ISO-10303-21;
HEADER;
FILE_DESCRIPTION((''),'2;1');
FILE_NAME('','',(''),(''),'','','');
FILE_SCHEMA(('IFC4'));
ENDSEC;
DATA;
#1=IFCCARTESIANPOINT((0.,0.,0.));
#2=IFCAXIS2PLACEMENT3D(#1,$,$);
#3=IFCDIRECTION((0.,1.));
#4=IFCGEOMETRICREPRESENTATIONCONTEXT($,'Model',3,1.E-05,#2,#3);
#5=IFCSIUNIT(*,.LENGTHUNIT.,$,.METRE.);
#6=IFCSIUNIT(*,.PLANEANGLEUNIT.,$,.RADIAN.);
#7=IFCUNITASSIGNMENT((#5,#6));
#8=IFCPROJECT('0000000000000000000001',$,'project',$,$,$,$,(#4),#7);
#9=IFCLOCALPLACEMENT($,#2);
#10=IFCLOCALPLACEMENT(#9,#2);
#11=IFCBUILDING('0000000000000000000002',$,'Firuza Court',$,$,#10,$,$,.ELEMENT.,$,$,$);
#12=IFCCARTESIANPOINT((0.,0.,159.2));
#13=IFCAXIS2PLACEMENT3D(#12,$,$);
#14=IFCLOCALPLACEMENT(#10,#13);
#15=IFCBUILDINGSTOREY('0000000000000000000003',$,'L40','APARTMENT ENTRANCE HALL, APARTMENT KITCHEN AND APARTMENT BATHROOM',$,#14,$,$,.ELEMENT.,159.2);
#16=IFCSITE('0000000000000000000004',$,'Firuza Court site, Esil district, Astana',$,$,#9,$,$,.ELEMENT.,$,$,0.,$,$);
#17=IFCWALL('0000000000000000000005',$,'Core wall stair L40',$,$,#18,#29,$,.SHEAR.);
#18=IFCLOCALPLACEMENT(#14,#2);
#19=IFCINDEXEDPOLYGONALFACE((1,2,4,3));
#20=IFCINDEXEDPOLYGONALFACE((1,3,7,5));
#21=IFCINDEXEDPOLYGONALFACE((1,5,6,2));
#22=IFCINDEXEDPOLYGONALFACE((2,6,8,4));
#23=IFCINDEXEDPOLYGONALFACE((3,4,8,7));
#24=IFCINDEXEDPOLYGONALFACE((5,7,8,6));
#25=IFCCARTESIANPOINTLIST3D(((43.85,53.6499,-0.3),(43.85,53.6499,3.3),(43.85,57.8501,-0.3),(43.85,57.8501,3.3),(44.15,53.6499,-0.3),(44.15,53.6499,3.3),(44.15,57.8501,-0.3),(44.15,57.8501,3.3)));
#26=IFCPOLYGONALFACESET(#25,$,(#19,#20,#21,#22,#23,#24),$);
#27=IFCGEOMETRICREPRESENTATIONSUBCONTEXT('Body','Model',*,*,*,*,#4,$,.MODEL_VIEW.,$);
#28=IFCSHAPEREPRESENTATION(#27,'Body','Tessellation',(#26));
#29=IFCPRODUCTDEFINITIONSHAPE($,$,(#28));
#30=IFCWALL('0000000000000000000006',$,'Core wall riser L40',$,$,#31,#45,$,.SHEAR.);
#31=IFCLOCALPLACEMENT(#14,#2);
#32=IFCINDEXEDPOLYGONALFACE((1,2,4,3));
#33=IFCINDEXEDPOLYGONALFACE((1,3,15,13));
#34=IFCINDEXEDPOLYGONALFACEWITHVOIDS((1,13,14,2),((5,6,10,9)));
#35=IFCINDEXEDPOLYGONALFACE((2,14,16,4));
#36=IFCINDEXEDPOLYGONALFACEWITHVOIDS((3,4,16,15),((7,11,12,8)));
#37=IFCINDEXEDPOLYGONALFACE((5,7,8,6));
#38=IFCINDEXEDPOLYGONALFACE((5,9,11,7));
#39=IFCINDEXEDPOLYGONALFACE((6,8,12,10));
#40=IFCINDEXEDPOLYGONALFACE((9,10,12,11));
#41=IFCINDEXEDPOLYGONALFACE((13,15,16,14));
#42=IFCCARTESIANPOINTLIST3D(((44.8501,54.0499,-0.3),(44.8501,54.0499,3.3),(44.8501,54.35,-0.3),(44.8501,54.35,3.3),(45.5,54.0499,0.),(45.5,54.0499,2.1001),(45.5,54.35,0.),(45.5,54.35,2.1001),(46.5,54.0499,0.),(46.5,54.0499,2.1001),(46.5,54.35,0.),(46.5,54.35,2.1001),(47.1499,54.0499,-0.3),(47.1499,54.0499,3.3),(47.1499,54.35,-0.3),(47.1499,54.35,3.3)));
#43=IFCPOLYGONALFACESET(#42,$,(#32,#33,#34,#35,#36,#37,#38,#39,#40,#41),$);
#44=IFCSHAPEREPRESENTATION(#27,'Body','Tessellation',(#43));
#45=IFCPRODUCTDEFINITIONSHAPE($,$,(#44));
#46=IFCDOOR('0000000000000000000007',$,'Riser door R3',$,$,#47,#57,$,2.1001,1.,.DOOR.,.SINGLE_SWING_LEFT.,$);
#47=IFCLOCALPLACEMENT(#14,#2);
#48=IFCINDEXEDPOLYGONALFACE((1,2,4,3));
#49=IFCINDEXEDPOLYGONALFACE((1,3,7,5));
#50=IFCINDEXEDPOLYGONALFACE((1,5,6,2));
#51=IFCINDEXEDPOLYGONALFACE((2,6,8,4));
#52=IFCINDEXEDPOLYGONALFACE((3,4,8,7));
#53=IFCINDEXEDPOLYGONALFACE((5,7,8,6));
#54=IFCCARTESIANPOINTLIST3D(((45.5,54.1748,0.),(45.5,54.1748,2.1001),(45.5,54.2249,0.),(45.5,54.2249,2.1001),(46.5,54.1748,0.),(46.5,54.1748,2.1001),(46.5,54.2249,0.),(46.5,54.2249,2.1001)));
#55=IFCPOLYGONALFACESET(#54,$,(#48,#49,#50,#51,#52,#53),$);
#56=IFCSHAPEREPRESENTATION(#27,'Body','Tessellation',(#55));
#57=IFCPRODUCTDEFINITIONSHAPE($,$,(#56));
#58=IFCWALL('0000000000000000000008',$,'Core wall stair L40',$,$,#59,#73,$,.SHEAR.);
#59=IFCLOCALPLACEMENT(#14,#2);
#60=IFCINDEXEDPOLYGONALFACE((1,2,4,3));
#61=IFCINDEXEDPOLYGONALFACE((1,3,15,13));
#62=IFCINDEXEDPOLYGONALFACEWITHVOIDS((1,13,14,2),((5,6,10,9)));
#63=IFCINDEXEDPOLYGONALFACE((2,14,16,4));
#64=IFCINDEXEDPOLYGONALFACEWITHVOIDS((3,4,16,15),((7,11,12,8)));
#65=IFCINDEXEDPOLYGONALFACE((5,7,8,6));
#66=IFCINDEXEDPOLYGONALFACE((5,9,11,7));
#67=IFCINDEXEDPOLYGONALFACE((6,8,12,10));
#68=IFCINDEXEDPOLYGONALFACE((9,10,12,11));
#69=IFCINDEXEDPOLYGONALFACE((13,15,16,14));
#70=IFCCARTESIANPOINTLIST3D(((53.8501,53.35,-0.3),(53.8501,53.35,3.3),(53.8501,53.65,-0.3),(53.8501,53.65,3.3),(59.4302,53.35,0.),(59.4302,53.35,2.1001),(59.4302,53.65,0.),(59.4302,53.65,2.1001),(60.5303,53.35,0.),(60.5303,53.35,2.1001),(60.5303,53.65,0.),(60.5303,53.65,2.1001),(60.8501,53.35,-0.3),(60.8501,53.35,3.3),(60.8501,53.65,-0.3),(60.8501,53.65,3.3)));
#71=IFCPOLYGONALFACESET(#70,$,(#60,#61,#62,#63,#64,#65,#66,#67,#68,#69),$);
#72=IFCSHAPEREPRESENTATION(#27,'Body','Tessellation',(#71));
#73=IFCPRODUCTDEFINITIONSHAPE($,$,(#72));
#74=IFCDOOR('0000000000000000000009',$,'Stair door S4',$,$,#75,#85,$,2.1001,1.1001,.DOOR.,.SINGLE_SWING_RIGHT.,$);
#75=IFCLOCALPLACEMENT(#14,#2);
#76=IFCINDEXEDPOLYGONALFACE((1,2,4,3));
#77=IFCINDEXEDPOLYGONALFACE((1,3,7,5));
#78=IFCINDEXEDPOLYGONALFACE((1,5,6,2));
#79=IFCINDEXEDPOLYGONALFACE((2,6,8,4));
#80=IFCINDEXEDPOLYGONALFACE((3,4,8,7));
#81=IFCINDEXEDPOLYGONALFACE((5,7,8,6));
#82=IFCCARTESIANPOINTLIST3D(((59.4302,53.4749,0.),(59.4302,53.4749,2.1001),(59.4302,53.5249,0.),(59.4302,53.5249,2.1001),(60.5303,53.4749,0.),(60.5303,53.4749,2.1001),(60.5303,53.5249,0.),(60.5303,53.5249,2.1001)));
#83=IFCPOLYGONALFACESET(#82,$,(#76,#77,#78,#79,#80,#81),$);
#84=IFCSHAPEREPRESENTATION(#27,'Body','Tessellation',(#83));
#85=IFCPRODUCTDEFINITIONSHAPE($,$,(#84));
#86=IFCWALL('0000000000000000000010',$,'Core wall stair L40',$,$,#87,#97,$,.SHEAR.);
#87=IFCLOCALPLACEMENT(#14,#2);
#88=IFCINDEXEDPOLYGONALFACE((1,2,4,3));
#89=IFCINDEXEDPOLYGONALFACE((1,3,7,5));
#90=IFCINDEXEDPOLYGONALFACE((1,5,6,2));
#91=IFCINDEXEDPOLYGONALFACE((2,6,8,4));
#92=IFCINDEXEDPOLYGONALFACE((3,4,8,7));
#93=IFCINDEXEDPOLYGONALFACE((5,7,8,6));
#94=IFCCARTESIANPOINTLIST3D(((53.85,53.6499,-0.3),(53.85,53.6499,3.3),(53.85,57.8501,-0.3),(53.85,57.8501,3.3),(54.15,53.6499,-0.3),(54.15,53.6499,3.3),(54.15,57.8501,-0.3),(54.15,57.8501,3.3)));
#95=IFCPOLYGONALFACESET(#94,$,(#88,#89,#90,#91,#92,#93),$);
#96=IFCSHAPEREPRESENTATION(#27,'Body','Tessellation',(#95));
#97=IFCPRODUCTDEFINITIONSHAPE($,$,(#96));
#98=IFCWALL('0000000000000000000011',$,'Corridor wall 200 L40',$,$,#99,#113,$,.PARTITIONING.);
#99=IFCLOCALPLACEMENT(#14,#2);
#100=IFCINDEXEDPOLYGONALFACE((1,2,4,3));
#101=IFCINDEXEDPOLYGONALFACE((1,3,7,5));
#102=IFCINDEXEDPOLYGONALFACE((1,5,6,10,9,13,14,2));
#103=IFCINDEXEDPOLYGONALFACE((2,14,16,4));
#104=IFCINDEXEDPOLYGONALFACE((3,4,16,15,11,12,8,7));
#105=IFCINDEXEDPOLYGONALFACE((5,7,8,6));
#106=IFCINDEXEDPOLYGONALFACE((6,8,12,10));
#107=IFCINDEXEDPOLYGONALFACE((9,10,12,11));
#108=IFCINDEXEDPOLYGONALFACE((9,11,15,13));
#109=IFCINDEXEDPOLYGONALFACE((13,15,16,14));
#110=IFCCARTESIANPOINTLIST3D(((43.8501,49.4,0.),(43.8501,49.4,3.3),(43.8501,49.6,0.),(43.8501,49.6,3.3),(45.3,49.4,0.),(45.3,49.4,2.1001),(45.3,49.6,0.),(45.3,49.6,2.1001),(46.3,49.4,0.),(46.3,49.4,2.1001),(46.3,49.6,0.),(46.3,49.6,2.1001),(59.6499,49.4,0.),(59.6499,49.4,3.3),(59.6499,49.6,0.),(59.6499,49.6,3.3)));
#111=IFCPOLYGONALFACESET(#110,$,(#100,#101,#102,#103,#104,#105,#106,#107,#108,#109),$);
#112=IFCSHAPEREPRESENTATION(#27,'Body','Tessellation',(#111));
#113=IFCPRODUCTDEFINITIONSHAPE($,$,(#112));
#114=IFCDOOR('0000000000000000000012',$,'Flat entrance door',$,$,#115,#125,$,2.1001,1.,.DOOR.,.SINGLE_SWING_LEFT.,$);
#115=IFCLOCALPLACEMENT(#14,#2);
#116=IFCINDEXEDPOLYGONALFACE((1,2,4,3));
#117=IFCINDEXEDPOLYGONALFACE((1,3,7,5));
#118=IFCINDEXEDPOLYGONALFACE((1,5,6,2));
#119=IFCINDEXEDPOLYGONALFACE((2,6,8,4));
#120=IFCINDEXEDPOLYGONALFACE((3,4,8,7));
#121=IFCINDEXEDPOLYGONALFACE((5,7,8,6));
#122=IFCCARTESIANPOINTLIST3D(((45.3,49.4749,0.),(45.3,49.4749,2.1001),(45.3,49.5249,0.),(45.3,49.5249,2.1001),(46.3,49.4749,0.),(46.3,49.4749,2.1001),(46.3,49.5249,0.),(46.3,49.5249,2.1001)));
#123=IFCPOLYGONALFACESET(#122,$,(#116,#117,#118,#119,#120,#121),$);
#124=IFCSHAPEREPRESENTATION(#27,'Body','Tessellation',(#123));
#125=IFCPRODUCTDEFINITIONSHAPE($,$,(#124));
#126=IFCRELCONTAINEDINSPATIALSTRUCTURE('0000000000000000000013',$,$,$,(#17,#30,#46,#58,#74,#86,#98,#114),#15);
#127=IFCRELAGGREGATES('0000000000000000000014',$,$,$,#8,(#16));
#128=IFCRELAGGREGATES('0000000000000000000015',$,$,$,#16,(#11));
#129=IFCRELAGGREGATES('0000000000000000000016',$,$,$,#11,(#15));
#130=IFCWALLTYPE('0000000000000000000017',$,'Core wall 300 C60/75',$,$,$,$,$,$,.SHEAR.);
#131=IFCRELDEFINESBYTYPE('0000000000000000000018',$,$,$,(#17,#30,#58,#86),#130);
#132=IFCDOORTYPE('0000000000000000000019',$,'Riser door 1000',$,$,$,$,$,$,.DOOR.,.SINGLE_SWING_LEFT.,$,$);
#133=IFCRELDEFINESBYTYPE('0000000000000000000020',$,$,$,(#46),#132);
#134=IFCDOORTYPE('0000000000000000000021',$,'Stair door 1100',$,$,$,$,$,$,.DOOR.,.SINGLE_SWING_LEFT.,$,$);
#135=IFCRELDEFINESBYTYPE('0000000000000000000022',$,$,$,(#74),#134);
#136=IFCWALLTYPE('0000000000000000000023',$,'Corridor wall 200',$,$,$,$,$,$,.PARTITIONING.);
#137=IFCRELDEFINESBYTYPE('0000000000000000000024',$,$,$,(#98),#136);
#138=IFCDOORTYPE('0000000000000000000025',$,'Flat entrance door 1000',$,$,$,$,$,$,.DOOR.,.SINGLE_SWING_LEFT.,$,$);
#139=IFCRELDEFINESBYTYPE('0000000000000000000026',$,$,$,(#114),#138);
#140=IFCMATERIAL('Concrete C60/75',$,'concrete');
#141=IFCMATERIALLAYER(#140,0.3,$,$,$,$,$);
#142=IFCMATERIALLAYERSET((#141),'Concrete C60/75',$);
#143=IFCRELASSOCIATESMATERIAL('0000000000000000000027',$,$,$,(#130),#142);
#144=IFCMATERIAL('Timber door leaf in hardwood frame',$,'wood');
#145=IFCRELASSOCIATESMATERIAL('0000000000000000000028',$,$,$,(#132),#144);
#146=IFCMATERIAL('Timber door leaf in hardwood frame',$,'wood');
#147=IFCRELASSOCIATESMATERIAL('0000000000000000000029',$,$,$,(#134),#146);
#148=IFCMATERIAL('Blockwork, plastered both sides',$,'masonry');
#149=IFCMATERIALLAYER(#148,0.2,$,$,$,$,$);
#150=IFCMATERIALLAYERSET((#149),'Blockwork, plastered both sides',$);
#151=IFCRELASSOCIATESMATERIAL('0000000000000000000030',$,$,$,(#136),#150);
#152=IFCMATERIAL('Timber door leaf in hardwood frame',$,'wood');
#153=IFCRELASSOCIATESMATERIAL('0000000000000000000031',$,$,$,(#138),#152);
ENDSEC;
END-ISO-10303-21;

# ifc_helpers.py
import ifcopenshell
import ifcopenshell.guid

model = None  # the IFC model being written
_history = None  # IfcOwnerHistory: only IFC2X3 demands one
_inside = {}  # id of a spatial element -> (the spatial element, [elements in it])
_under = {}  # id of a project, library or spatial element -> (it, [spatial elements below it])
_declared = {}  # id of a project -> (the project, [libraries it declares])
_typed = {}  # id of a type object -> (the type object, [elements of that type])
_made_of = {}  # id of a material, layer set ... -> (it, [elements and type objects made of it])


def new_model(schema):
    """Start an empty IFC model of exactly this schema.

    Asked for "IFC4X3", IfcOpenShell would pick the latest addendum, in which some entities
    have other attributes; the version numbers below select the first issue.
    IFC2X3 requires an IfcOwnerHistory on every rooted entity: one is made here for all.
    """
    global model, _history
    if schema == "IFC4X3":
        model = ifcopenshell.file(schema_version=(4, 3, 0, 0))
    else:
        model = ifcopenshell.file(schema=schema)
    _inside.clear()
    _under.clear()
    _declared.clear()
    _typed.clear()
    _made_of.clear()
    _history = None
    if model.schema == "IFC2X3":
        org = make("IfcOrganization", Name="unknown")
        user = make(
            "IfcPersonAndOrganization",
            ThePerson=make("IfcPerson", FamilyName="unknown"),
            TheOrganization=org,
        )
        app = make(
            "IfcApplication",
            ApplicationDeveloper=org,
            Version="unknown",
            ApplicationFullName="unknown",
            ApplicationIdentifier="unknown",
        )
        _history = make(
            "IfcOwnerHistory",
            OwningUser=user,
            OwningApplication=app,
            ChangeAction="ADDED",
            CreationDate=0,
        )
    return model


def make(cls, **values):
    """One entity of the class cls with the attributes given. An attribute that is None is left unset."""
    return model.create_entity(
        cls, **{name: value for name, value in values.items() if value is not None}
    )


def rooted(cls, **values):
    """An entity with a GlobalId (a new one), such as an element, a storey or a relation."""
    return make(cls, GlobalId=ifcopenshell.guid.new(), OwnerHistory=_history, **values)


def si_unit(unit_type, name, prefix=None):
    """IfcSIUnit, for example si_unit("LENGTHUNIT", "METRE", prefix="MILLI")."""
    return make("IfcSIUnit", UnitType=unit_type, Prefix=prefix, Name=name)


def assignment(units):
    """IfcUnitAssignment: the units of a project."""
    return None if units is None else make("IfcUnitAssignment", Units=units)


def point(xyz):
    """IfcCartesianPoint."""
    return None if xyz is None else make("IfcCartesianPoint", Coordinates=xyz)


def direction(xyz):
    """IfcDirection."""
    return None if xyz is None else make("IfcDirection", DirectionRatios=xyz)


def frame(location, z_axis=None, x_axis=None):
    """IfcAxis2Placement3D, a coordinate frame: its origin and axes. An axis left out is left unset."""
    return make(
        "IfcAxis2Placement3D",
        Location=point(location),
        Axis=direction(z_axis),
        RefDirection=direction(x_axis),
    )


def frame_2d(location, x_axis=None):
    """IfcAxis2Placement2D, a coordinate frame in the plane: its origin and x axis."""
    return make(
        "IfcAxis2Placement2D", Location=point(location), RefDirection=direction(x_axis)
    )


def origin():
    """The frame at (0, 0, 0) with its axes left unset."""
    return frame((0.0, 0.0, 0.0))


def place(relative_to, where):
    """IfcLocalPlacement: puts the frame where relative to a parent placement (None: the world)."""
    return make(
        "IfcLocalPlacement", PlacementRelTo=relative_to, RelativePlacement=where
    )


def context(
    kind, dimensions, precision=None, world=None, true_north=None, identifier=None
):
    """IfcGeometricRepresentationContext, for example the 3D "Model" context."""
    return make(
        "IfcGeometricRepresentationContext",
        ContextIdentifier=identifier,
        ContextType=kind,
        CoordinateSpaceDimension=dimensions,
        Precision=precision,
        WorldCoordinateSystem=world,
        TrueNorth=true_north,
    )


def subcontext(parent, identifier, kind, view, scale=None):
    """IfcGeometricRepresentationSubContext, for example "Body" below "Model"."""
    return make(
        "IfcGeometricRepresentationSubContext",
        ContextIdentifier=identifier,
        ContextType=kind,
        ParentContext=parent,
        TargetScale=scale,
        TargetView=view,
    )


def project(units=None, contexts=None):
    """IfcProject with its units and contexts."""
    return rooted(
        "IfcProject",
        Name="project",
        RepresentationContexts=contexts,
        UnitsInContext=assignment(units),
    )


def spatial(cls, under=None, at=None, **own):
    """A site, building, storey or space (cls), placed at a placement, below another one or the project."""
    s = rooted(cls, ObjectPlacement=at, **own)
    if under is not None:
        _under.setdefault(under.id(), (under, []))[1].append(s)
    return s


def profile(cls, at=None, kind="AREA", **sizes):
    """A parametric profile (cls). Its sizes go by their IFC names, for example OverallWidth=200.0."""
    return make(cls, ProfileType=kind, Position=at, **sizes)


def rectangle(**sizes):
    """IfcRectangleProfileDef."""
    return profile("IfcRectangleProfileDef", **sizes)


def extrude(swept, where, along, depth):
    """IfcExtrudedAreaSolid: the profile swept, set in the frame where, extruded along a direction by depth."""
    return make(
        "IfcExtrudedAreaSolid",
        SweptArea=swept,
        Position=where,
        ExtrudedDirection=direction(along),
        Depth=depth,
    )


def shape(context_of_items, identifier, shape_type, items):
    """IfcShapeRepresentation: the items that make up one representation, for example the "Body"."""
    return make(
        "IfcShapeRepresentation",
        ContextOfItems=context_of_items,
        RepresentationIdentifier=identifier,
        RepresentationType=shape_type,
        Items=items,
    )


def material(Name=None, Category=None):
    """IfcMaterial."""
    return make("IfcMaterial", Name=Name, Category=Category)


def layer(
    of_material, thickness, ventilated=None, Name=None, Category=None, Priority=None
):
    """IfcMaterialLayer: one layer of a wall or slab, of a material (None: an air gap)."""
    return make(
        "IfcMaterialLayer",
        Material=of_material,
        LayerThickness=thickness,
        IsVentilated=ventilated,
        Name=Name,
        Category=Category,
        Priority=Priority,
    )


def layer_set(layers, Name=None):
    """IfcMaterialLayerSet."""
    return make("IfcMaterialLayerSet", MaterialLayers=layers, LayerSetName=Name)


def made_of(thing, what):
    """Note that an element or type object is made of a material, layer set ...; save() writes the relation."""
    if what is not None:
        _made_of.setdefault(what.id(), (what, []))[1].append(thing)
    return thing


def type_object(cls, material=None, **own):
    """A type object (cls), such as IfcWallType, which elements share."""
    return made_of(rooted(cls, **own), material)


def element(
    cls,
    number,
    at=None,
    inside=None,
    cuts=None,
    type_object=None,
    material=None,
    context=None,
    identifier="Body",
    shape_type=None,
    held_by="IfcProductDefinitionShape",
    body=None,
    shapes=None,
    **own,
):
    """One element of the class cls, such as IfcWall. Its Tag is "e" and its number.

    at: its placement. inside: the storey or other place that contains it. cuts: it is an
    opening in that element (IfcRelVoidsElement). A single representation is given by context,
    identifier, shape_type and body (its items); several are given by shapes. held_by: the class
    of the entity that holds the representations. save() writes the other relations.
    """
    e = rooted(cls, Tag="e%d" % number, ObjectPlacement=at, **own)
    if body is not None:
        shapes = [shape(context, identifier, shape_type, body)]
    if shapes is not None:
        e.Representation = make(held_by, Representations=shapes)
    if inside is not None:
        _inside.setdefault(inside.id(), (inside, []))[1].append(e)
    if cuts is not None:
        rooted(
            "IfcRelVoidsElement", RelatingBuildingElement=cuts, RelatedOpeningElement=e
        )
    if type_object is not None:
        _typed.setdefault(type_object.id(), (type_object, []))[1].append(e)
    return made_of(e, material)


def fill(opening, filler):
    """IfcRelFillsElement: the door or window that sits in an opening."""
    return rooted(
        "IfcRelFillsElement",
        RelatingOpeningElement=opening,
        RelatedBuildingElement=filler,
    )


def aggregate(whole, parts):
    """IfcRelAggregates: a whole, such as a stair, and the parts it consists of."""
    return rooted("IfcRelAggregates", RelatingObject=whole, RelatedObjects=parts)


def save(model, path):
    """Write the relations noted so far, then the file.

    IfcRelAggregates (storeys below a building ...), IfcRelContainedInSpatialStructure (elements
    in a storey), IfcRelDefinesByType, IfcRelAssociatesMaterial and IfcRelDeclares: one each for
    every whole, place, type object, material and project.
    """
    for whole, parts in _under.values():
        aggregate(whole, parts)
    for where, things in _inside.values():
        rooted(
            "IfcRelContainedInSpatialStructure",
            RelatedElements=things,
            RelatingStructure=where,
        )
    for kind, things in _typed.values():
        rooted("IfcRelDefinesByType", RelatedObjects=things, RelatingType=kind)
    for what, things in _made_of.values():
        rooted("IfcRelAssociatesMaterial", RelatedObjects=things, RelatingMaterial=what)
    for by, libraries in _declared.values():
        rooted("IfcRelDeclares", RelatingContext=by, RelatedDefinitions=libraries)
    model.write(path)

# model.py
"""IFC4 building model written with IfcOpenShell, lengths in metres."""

from ifc_helpers import new_model, si_unit, direction, frame, frame_2d, origin, place, context, subcontext, project, spatial, rectangle, extrude, material, layer, layer_set, type_object, element, fill, save


model = new_model("IFC4")

# Units and contexts
model_context = context("Model", 3, precision=1e-05, world=origin(), true_north=direction((0.0, 1.0)))
body_context = subcontext(model_context, "Body", "Model", "MODEL_VIEW")
ifc_project = project(units=[si_unit("LENGTHUNIT", "METRE"), si_unit("PLANEANGLEUNIT", "RADIAN")], contexts=[model_context])

# Site, building, storey
site_placement = place(None, origin())
site = spatial("IfcSite", under=ifc_project, at=site_placement, Name="Firuza Court site, Esil district, Astana", CompositionType="ELEMENT", RefElevation=0.0)
building_placement = place(site_placement, origin())
building = spatial("IfcBuilding", under=site, at=building_placement, Name="Firuza Court", CompositionType="ELEMENT")
storey_placement = place(building_placement, frame((0.0, 0.0, 159.2)))
storey = spatial("IfcBuildingStorey", under=building, at=storey_placement, Name="L40", Description="APARTMENT ENTRANCE HALL, APARTMENT KITCHEN AND APARTMENT BATHROOM", CompositionType="ELEMENT", Elevation=159.2)

# Wall
ifc_material_1 = material(Name="Concrete C60/75", Category="concrete")
ifc_layer_1 = layer(ifc_material_1, 0.3)
ifc_layer_set_1 = layer_set([ifc_layer_1], Name="Concrete C60/75")
wall_type_1 = type_object("IfcWallType", Name="Core wall 300 C60/75", PredefinedType="SHEAR", material=ifc_layer_set_1)
wall_1_placement = place(storey_placement, frame((44.0, 53.6499, -0.3), z_axis=(0.0, 0.0, 1.0), x_axis=(0.0, 1.0, 0.0)))
element("IfcWall", 1, at=wall_1_placement, inside=storey, type_object=wall_type_1, Name="Core wall stair L40", PredefinedType="SHEAR", context=body_context, shape_type="SweptSolid", body=[
    extrude(rectangle(XDim=4.2002, YDim=0.3, at=frame_2d((2.1001, 0.0))), origin(), (0.0, 0.0, 1.0), 3.6001),
])

# Walls, openings, doors
wall_2_placement = place(storey_placement, frame((44.8501, 54.2, -0.3), z_axis=(0.0, 0.0, 1.0), x_axis=(1.0, 0.0, 0.0)))
wall_2 = element("IfcWall", 2, at=wall_2_placement, inside=storey, type_object=wall_type_1, Name="Core wall riser L40", PredefinedType="SHEAR", context=body_context, shape_type="SweptSolid", body=[
    extrude(rectangle(XDim=2.2998, YDim=0.3, at=frame_2d((1.1499, 0.0))), origin(), (0.0, 0.0, 1.0), 3.6001),
])
opening_1_placement = place(wall_2_placement, frame((0.6499, 0.0, 0.3)))
opening_1 = element("IfcOpeningElement", 3, at=opening_1_placement, cuts=wall_2, PredefinedType="OPENING", context=body_context, shape_type="SweptSolid", body=[
    extrude(rectangle(XDim=1.0, YDim=2.1001, at=frame_2d((0.5, 1.05))), frame((0.0, 0.1621, 0.0), z_axis=(0.0, -1.0, 0.0), x_axis=(1.0, 0.0, 0.0)), (0.0, 0.0, 1.0), 0.324),
])
ifc_material_2 = material(Name="Timber door leaf in hardwood frame", Category="wood")
door_type_1 = type_object("IfcDoorType", Name="Riser door 1000", OperationType="SINGLE_SWING_LEFT", PredefinedType="DOOR", material=ifc_material_2)
door_1_placement = place(opening_1_placement, origin())
door_1 = element("IfcDoor", 4, at=door_1_placement, inside=storey, type_object=door_type_1, Name="Riser door R3", OperationType="SINGLE_SWING_LEFT", OverallHeight=2.1001, OverallWidth=1.0, PredefinedType="DOOR", context=body_context, shape_type="SweptSolid", body=[
    extrude(rectangle(XDim=1.0, YDim=2.1001, at=frame_2d((0.5, 1.05))), frame((0.0, 0.0249, 0.0), z_axis=(0.0, -1.0, 0.0), x_axis=(1.0, 0.0, 0.0)), (0.0, 0.0, 1.0), 0.05),
])
fill(opening_1, door_1)
wall_3_placement = place(storey_placement, frame((53.8501, 53.5, -0.3), z_axis=(0.0, 0.0, 1.0), x_axis=(1.0, 0.0, 0.0)))
wall_3 = element("IfcWall", 5, at=wall_3_placement, inside=storey, type_object=wall_type_1, Name="Core wall stair L40", PredefinedType="SHEAR", context=body_context, shape_type="SweptSolid", body=[
    extrude(rectangle(XDim=7.0, YDim=0.3, at=frame_2d((3.5, 0.0))), origin(), (0.0, 0.0, 1.0), 3.6001),
])
opening_2_placement = place(wall_3_placement, frame((5.5801, 0.0, 0.3)))
opening_2 = element("IfcOpeningElement", 6, at=opening_2_placement, cuts=wall_3, PredefinedType="OPENING", context=body_context, shape_type="SweptSolid", body=[
    extrude(rectangle(XDim=1.1001, YDim=2.1001, at=frame_2d((0.55, 1.05))), frame((0.0, 0.1621, 0.0), z_axis=(0.0, -1.0, 0.0), x_axis=(1.0, 0.0, 0.0)), (0.0, 0.0, 1.0), 0.324),
])
ifc_material_3 = material(Name="Timber door leaf in hardwood frame", Category="wood")
door_type_2 = type_object("IfcDoorType", Name="Stair door 1100", OperationType="SINGLE_SWING_LEFT", PredefinedType="DOOR", material=ifc_material_3)
door_2_placement = place(opening_2_placement, origin())
door_2 = element("IfcDoor", 7, at=door_2_placement, inside=storey, type_object=door_type_2, Name="Stair door S4", OperationType="SINGLE_SWING_RIGHT", OverallHeight=2.1001, OverallWidth=1.1001, PredefinedType="DOOR", context=body_context, shape_type="SweptSolid", body=[
    extrude(rectangle(XDim=1.1001, YDim=2.1001, at=frame_2d((0.55, 1.05))), frame((0.0, 0.0249, 0.0), z_axis=(0.0, -1.0, 0.0), x_axis=(1.0, 0.0, 0.0)), (0.0, 0.0, 1.0), 0.05),
])
fill(opening_2, door_2)

# Wall
wall_4_placement = place(storey_placement, frame((54.0, 53.6499, -0.3), z_axis=(0.0, 0.0, 1.0), x_axis=(0.0, 1.0, 0.0)))
element("IfcWall", 8, at=wall_4_placement, inside=storey, type_object=wall_type_1, Name="Core wall stair L40", PredefinedType="SHEAR", context=body_context, shape_type="SweptSolid", body=[
    extrude(rectangle(XDim=4.2002, YDim=0.3, at=frame_2d((2.1001, 0.0))), origin(), (0.0, 0.0, 1.0), 3.6001),
])

# Wall, opening, door
ifc_material_4 = material(Name="Blockwork, plastered both sides", Category="masonry")
ifc_layer_2 = layer(ifc_material_4, 0.2)
ifc_layer_set_2 = layer_set([ifc_layer_2], Name="Blockwork, plastered both sides")
wall_type_2 = type_object("IfcWallType", Name="Corridor wall 200", PredefinedType="PARTITIONING", material=ifc_layer_set_2)
wall_5_placement = place(storey_placement, frame((43.8501, 49.5, 0.0), z_axis=(0.0, 0.0, 1.0), x_axis=(1.0, 0.0, 0.0)))
wall_5 = element("IfcWall", 9, at=wall_5_placement, inside=storey, type_object=wall_type_2, Name="Corridor wall 200 L40", PredefinedType="PARTITIONING", context=body_context, shape_type="SweptSolid", body=[
    extrude(rectangle(XDim=15.7998, YDim=0.2, at=frame_2d((7.8999, 0.0))), origin(), (0.0, 0.0, 1.0), 3.3),
])
opening_3_placement = place(wall_5_placement, frame((1.45, 0.0, 0.0)))
opening_3 = element("IfcOpeningElement", 10, at=opening_3_placement, cuts=wall_5, PredefinedType="OPENING", context=body_context, shape_type="SweptSolid", body=[
    extrude(rectangle(XDim=1.0, YDim=2.1001, at=frame_2d((0.5, 1.05))), frame((0.0, 0.1118, 0.0), z_axis=(0.0, -1.0, 0.0), x_axis=(1.0, 0.0, 0.0)), (0.0, 0.0, 1.0), 0.2239),
])
ifc_material_5 = material(Name="Timber door leaf in hardwood frame", Category="wood")
door_type_3 = type_object("IfcDoorType", Name="Flat entrance door 1000", OperationType="SINGLE_SWING_LEFT", PredefinedType="DOOR", material=ifc_material_5)
door_3_placement = place(opening_3_placement, origin())
door_3 = element("IfcDoor", 11, at=door_3_placement, inside=storey, type_object=door_type_3, Name="Flat entrance door", OperationType="SINGLE_SWING_LEFT", OverallHeight=2.1001, OverallWidth=1.0, PredefinedType="DOOR", context=body_context, shape_type="SweptSolid", body=[
    extrude(rectangle(XDim=1.0, YDim=2.1001, at=frame_2d((0.5, 1.05))), frame((0.0, 0.0249, 0.0), z_axis=(0.0, -1.0, 0.0), x_axis=(1.0, 0.0, 0.0)), (0.0, 0.0, 1.0), 0.05),
])
fill(opening_3, door_3)

save(model, "model.ifc")
